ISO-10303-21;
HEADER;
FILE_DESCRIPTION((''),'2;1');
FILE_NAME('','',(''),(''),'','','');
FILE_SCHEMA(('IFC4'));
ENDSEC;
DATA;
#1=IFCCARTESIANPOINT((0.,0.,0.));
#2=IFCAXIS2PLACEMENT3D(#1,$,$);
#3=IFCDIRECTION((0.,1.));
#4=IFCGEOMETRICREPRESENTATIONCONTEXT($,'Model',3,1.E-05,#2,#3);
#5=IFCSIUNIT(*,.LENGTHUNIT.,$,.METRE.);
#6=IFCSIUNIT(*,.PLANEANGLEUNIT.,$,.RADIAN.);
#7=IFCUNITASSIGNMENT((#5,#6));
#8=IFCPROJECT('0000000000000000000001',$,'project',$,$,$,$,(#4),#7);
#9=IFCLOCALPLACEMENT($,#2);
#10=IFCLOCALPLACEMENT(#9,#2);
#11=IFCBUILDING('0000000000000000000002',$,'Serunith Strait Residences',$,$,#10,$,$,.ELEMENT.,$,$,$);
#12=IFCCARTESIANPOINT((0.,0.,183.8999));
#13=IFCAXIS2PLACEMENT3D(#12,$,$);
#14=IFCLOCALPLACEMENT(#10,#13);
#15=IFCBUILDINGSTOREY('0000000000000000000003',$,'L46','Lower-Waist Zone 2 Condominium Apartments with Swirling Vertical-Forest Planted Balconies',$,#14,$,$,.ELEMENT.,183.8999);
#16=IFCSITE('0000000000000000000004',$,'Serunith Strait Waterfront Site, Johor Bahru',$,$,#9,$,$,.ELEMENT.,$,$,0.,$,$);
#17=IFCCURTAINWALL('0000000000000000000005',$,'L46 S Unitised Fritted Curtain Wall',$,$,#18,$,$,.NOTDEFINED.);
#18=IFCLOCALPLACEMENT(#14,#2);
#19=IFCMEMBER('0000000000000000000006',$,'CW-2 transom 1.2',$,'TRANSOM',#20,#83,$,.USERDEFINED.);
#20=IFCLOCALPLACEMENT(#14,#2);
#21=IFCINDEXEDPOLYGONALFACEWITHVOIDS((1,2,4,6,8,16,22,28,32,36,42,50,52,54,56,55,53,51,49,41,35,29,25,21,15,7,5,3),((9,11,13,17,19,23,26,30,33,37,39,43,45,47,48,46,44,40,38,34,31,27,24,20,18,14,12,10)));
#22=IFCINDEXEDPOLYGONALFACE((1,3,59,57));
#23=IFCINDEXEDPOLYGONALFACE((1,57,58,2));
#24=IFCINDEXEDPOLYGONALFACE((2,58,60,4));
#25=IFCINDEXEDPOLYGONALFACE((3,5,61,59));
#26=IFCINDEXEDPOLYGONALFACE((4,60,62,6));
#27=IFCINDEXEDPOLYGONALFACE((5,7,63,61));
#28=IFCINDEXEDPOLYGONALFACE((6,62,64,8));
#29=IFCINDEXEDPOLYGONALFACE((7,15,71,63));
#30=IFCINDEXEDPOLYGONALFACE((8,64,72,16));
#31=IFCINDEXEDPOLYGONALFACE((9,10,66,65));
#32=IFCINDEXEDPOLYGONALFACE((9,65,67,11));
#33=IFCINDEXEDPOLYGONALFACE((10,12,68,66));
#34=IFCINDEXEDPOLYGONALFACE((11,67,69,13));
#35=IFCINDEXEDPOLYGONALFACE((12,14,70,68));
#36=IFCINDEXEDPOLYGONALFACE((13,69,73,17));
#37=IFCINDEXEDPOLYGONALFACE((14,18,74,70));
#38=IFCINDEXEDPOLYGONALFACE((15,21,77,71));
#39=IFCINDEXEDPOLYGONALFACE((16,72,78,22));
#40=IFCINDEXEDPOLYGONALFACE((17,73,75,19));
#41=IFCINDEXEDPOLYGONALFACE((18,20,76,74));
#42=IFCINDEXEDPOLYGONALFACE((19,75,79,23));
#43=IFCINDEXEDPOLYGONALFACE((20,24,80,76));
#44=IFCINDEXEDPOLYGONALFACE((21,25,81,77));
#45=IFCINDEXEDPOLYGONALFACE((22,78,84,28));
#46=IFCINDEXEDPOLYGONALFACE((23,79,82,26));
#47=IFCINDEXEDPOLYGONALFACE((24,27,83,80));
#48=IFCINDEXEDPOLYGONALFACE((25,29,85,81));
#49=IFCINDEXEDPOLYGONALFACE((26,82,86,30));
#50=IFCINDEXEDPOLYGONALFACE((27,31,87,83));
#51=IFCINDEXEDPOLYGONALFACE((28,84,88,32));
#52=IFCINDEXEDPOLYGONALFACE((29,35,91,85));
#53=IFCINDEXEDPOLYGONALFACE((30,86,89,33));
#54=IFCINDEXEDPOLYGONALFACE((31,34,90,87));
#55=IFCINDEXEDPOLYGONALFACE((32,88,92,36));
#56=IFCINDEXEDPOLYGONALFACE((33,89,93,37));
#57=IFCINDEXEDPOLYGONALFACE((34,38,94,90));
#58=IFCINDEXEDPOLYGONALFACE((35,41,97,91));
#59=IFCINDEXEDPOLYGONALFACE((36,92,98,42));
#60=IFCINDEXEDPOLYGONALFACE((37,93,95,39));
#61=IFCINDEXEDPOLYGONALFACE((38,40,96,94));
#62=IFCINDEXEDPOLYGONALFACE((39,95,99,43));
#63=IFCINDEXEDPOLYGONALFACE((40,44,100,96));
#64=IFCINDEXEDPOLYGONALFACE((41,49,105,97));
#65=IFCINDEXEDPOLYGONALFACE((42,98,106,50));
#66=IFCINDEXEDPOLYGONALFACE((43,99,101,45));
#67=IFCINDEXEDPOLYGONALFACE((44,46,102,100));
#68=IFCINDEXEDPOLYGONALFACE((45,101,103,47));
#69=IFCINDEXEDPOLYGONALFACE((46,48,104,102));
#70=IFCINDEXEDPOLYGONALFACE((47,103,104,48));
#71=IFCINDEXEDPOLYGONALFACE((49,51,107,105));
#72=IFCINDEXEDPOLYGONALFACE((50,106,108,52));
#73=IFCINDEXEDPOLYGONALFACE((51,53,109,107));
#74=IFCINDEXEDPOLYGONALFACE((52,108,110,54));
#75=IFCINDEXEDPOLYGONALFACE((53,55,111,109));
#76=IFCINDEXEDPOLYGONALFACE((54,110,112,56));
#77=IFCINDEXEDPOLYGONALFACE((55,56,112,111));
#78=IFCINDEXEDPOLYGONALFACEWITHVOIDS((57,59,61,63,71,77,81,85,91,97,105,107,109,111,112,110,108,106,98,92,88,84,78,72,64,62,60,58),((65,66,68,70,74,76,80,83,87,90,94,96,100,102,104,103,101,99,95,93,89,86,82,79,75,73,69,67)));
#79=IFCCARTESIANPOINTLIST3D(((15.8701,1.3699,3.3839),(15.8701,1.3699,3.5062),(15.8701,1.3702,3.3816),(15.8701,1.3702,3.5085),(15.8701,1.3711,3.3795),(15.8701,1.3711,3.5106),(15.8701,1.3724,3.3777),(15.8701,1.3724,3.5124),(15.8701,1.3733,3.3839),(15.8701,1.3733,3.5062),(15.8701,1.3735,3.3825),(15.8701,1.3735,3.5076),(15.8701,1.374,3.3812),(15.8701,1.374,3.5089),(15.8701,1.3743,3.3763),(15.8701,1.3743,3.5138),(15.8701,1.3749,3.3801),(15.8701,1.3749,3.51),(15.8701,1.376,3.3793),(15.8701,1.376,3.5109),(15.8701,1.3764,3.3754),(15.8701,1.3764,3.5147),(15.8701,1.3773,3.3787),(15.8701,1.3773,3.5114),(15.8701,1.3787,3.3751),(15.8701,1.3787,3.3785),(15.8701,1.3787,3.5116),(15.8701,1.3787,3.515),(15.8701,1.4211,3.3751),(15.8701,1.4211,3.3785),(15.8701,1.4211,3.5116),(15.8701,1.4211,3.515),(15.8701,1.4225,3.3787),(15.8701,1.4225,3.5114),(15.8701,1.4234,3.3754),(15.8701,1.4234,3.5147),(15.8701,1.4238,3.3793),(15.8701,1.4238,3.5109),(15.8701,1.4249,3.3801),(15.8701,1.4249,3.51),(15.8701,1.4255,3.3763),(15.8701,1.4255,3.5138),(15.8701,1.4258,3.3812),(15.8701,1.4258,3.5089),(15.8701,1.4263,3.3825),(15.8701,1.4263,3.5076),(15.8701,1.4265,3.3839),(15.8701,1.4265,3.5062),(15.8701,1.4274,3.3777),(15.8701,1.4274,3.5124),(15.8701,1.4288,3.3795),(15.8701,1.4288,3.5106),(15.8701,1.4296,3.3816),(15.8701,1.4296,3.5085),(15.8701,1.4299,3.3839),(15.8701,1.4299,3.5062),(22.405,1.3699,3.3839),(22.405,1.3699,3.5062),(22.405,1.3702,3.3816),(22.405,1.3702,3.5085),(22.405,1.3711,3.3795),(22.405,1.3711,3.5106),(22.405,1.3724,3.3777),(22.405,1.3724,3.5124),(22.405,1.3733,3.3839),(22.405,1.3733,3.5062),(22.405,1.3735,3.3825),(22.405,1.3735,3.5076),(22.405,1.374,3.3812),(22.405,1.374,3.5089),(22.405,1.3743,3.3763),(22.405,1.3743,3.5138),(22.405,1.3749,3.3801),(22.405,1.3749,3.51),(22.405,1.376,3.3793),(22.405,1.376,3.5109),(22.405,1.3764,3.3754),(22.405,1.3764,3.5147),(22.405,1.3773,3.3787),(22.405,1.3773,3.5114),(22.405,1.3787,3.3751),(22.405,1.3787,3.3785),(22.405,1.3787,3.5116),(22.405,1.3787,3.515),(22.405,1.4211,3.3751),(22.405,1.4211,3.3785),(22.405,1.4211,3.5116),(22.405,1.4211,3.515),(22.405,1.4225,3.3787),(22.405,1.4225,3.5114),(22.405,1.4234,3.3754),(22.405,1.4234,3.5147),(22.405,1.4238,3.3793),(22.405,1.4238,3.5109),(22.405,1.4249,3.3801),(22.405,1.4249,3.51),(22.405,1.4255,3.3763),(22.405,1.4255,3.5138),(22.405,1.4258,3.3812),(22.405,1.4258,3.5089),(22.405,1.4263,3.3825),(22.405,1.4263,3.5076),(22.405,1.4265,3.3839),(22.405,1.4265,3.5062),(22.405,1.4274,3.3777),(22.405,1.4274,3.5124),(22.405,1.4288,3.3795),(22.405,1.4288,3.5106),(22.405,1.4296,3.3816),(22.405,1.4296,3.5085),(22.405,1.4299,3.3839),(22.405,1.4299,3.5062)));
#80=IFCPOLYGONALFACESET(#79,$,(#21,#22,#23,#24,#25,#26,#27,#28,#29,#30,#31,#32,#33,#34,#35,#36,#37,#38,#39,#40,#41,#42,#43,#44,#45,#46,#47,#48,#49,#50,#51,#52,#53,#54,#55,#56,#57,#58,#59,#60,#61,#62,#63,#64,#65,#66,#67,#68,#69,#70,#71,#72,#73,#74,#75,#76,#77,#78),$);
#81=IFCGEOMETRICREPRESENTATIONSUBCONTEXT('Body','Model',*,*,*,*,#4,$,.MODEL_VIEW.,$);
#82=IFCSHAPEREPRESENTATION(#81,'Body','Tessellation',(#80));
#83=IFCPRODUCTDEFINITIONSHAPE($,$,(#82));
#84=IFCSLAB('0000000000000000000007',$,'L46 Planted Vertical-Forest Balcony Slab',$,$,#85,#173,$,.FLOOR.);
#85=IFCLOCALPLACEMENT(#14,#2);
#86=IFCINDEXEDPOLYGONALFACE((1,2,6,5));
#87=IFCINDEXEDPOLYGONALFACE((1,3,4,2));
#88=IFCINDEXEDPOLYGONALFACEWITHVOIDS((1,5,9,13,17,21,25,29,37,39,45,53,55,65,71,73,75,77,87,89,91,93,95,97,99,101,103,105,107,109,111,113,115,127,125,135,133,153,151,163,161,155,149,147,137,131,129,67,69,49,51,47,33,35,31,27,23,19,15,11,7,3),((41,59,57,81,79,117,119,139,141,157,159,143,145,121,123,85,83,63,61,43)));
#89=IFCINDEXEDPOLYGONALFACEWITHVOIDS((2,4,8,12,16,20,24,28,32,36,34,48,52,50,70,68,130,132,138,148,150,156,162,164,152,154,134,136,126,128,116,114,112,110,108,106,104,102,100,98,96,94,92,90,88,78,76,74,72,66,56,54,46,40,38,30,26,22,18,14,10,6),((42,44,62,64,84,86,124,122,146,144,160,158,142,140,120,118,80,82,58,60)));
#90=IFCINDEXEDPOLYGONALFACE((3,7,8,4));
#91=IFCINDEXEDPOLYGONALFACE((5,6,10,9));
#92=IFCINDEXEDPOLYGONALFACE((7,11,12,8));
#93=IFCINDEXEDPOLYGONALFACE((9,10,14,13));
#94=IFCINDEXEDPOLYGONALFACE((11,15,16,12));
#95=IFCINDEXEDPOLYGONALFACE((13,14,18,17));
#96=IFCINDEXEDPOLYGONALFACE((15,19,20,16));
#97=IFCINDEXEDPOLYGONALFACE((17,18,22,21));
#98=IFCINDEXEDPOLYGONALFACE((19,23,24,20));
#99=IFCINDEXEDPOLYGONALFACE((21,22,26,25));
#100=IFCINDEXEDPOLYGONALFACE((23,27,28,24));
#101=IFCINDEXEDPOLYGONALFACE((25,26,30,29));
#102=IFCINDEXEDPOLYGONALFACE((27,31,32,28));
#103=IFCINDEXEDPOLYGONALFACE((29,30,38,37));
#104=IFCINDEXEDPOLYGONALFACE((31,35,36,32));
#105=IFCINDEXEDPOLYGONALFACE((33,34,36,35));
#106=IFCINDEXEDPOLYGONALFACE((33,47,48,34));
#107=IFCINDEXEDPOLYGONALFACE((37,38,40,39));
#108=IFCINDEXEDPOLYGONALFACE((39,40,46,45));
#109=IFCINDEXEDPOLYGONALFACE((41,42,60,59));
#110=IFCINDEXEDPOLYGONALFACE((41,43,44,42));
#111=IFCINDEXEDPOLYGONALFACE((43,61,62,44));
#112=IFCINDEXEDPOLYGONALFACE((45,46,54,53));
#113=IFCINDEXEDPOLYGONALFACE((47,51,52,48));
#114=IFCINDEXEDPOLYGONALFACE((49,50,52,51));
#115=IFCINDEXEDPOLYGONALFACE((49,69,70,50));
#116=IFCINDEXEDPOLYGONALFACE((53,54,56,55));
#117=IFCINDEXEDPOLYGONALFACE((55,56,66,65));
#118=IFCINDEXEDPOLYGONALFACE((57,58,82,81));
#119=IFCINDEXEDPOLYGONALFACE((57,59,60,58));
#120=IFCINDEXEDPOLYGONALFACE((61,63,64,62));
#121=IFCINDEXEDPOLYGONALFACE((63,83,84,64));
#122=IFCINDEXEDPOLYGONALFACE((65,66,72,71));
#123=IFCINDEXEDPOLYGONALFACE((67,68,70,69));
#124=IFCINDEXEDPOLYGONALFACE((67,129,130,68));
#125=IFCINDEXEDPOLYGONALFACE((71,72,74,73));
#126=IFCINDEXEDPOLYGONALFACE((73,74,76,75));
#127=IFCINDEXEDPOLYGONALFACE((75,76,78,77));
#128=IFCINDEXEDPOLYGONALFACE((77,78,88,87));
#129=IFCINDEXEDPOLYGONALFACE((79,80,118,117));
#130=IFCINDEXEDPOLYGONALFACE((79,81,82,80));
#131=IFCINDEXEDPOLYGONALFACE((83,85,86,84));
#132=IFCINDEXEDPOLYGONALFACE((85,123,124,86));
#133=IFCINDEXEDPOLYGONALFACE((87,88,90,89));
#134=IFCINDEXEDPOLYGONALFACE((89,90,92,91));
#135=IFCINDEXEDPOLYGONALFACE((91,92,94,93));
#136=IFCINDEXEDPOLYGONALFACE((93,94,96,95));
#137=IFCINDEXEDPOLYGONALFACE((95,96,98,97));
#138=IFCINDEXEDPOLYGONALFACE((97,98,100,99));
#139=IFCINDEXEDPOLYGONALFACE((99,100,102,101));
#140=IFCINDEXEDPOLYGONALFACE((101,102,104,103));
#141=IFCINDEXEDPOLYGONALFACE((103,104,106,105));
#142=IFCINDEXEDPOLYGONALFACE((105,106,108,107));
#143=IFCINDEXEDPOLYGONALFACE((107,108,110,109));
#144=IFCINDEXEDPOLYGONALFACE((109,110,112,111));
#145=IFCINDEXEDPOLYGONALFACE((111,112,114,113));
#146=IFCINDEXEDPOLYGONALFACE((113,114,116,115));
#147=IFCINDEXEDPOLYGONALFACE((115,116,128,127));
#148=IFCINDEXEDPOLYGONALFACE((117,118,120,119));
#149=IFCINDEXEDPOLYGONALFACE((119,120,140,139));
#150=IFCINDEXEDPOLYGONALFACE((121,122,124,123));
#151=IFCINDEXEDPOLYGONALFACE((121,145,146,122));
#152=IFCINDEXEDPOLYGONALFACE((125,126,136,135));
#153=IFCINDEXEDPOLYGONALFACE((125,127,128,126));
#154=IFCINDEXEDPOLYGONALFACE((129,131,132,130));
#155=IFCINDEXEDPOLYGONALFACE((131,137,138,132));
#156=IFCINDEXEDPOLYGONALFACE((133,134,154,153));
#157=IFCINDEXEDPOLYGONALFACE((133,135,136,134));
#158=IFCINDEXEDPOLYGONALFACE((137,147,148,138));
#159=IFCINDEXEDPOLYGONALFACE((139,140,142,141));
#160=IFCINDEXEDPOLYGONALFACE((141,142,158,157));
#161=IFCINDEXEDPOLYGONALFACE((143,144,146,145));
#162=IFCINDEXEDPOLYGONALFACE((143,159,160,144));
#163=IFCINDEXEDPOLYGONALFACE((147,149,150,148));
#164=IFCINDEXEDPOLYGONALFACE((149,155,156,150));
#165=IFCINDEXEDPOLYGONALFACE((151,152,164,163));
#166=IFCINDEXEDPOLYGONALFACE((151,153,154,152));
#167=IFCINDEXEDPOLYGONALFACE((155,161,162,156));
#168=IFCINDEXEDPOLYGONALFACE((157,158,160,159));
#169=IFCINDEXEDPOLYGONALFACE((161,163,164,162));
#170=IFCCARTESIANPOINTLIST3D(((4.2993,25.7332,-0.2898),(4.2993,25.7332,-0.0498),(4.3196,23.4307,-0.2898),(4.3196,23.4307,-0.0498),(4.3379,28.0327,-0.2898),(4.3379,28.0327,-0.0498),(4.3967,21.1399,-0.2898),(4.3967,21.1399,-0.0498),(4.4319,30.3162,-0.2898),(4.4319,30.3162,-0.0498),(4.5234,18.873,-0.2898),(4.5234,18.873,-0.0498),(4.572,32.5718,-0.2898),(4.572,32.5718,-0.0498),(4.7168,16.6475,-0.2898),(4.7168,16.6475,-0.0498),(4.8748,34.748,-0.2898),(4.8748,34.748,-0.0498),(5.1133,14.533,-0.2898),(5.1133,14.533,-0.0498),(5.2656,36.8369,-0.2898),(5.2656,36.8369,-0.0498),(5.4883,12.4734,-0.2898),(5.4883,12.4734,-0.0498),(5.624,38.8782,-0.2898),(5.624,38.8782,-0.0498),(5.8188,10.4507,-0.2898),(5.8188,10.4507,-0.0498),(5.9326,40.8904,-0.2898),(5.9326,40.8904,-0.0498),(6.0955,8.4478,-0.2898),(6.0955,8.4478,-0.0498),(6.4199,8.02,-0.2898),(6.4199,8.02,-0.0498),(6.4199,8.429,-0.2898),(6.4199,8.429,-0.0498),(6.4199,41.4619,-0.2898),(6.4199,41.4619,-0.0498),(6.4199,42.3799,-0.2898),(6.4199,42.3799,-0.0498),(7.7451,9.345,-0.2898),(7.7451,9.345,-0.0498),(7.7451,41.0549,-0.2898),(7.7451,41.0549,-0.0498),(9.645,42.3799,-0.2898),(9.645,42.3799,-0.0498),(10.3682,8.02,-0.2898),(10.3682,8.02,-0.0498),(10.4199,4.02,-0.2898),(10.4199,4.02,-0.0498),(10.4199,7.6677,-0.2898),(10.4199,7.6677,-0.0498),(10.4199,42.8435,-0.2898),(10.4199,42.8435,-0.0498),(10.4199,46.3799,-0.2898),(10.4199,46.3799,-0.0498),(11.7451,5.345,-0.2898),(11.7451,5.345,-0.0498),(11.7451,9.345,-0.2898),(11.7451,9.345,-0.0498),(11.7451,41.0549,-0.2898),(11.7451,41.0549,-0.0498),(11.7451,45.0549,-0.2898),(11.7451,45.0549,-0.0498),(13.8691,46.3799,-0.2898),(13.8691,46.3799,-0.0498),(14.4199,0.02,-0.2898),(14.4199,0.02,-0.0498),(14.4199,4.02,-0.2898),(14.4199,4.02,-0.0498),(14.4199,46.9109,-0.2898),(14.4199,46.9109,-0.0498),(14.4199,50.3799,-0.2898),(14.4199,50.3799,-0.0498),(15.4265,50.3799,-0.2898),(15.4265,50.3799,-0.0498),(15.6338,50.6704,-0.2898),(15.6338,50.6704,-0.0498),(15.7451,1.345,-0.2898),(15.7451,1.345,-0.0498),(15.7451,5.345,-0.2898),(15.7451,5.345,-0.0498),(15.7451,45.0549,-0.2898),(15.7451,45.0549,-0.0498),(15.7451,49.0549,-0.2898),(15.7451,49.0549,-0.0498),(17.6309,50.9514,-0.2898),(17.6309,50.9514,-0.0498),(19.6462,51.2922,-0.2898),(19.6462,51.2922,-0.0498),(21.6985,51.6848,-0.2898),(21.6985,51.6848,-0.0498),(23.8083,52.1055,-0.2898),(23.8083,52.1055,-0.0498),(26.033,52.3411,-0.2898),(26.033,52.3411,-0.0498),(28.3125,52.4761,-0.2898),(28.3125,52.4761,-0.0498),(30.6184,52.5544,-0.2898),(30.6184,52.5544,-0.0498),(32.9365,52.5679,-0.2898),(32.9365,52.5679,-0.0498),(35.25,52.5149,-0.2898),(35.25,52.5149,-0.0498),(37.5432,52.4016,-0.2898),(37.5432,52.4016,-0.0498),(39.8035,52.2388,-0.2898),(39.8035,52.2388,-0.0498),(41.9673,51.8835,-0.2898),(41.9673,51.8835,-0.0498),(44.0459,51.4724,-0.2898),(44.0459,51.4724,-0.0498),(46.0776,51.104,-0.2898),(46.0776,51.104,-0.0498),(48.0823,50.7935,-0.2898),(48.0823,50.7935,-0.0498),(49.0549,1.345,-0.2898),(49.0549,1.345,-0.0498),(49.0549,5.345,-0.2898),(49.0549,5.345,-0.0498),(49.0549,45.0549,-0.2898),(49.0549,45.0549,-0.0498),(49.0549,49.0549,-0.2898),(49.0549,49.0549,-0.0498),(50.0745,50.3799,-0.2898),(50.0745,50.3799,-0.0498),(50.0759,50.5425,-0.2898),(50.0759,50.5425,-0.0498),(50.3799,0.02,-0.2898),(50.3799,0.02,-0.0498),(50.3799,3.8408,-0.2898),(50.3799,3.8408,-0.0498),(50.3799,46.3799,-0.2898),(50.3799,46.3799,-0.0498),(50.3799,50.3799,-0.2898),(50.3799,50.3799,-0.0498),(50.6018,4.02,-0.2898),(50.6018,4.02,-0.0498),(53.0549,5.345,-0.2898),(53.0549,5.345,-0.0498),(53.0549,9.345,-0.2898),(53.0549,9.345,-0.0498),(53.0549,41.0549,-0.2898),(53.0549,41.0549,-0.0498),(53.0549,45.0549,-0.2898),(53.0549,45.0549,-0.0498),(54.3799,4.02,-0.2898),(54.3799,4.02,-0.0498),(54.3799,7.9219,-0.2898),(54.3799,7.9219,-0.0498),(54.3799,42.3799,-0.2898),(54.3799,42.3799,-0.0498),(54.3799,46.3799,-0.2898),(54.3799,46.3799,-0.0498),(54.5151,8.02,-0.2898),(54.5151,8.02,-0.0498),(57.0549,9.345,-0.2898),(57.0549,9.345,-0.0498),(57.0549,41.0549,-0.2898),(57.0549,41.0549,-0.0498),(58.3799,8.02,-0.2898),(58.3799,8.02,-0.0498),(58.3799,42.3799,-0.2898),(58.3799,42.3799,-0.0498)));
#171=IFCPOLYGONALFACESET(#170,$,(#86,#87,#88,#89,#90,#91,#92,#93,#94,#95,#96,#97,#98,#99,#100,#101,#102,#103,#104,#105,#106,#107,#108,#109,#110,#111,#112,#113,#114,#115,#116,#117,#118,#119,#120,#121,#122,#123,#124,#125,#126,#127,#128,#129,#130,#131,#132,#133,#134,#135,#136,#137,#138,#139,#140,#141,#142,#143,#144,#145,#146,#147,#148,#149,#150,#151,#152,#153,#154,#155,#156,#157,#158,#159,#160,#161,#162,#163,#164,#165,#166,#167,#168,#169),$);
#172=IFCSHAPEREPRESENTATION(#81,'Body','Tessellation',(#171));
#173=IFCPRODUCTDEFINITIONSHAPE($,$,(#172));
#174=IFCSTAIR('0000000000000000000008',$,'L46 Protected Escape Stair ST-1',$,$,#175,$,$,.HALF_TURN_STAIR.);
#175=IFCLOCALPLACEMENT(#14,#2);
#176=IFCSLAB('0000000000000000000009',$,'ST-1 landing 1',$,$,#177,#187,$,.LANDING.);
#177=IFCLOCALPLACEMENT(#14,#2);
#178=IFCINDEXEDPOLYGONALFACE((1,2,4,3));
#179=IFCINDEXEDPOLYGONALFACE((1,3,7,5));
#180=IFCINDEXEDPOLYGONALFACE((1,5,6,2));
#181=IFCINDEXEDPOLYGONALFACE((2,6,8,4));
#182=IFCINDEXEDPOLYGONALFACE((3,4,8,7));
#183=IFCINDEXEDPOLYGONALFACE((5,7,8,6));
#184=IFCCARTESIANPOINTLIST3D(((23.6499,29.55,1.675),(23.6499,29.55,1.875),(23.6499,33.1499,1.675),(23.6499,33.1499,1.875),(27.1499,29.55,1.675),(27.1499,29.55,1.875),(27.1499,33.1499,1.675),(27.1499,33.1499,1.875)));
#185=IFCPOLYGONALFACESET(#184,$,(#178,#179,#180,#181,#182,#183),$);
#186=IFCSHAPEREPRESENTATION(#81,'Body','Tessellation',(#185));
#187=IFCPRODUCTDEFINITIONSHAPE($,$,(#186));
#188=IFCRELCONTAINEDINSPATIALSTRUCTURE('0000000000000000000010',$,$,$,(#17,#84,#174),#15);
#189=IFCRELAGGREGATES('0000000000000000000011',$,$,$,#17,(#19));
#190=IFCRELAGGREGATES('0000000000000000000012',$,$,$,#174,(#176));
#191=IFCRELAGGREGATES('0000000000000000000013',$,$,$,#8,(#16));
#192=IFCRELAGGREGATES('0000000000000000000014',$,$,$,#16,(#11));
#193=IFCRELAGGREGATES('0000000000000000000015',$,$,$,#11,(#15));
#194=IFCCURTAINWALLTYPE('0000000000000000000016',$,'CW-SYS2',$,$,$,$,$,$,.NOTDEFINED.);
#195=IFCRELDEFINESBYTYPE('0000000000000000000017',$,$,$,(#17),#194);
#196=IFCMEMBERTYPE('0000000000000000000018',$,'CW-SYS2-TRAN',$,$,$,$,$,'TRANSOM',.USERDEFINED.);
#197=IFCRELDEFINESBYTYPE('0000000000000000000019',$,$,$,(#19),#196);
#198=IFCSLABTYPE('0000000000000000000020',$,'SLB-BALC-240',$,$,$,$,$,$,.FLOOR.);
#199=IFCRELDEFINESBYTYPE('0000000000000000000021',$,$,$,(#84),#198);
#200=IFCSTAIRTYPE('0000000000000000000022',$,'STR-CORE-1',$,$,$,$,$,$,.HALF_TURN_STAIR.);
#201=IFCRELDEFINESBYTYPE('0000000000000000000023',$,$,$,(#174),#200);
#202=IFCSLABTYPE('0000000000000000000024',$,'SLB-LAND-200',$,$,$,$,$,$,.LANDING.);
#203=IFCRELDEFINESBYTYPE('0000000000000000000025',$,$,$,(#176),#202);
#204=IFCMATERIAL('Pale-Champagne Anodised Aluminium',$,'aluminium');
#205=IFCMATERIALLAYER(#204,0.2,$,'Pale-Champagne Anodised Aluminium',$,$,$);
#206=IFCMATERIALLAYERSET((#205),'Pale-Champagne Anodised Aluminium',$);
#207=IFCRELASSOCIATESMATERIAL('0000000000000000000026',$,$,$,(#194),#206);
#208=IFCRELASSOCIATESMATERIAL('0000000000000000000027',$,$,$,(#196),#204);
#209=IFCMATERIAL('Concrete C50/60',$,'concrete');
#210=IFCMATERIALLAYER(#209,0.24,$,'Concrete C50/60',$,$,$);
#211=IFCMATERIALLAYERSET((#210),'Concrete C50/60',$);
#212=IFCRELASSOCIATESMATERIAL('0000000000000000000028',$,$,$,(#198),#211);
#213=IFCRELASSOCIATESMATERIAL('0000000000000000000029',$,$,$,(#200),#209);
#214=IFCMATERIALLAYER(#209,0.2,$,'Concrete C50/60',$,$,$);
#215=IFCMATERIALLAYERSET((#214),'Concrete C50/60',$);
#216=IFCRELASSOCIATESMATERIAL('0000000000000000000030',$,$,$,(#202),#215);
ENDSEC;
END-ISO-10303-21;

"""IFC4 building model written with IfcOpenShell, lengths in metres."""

from ifc_helpers import new_model, si_unit, direction, frame, origin, origin_2d, place, context, subcontext, project, spatial, polyline, hollow_rectangle, outline, extrude, source, transform, mapped, material, layer, layer_set, material_profile, profile_set, type_object, element, aggregate, save


model = new_model("IFC4")

# Units and contexts
model_context = context("Model", 3, precision=1e-05, world=origin(), true_north=direction((0.0, 1.0)))
body_context = subcontext(model_context, "Body", "Model", "MODEL_VIEW")
ifc_project = project(units=[si_unit("LENGTHUNIT", "METRE"), si_unit("PLANEANGLEUNIT", "RADIAN")], contexts=[model_context])

# Site, building, storey
site_placement = place(None, origin())
site = spatial("IfcSite", under=ifc_project, at=site_placement, Name="Serunith Strait Waterfront Site, Johor Bahru", CompositionType="ELEMENT", RefElevation=0.0)
building_placement = place(site_placement, origin())
building = spatial("IfcBuilding", under=site, at=building_placement, Name="Serunith Strait Residences", CompositionType="ELEMENT")
storey_placement = place(building_placement, frame((0.0, 0.0, 183.8999)))
storey = spatial("IfcBuildingStorey", under=building, at=storey_placement, Name="L46", Description="Lower-Waist Zone 2 Condominium Apartments with Swirling Vertical-Forest Planted Balconies", CompositionType="ELEMENT", Elevation=183.8999)

# Curtain wall
ifc_material_1 = material(Name="Pale-Champagne Anodised Aluminium", Category="aluminium")
ifc_layer_1 = layer(ifc_material_1, 0.2, Name="Pale-Champagne Anodised Aluminium")
ifc_layer_set_1 = layer_set([ifc_layer_1], Name="Pale-Champagne Anodised Aluminium")
curtain_wall_type = type_object("IfcCurtainWallType", Name="CW-SYS2", PredefinedType="NOTDEFINED", material=ifc_layer_set_1)
curtain_wall_1_placement = place(storey_placement, origin())
curtain_wall_1 = element("IfcCurtainWall", 1, at=curtain_wall_1_placement, inside=storey, type_object=curtain_wall_type, Name="L46 S Unitised Fritted Curtain Wall", PredefinedType="NOTDEFINED")

# Member
ifc_material_profile_1 = material_profile(ifc_material_1, hollow_rectangle(XDim=0.0601, YDim=0.1399, WallThickness=0.0034, InnerFilletRadius=0.0054, OuterFilletRadius=0.0088, at=origin_2d()), Name="ALU 140x60x3.5")
ifc_profile_set_1 = profile_set([ifc_material_profile_1], Name="Pale-Champagne Anodised Aluminium")
member_type_1 = type_object("IfcMemberType", Name="CW-SYS2-TRAN", ElementType="TRANSOM", PredefinedType="USERDEFINED", material=ifc_profile_set_1)
shared_shape_1 = source(origin(), body_context, "Body", "SweptSolid", [
    extrude(hollow_rectangle(XDim=0.0601, YDim=0.1399, WallThickness=0.0034, InnerFilletRadius=0.0054, OuterFilletRadius=0.0088, at=origin_2d()), origin(), (0.0, 0.0, 1.0), 6.5349),
])
member_1_placement = place(storey_placement, frame((15.8701, 1.3999, 3.4451), z_axis=(1.0, 0.0, 0.0), x_axis=(0.0, 1.0, 0.0)))
member_1 = element("IfcMember", 2, at=member_1_placement, type_object=member_type_1, Name="CW-2 transom 1.2", ObjectType="TRANSOM", PredefinedType="USERDEFINED", context=body_context, shape_type="MappedRepresentation", body=[
    mapped(shared_shape_1, transform((0.0, 0.0, 0.0), scale=1.0)),
])
aggregate(curtain_wall_1, [member_1])

# Slab
ifc_material_2 = material(Name="Concrete C50/60", Category="concrete")
ifc_layer_2 = layer(ifc_material_2, 0.24, Name="Concrete C50/60")
ifc_layer_set_2 = layer_set([ifc_layer_2], Name="Concrete C50/60")
slab_type_1 = type_object("IfcSlabType", Name="SLB-BALC-240", PredefinedType="FLOOR", material=ifc_layer_set_2)
slab_1_placement = place(storey_placement, frame((0.0, 0.0, -0.2898)))
element("IfcSlab", 3, at=slab_1_placement, inside=storey, type_object=slab_type_1, Name="L46 Planted Vertical-Forest Balcony Slab", PredefinedType="FLOOR", context=body_context, shape_type="SweptSolid", body=[
    extrude(outline(polyline([(6.4199, 8.02), (6.4199, 8.429), (6.0955, 8.4478), (5.8188, 10.4507), (5.4883, 12.4734), (5.1133, 14.533), (4.7168, 16.6475), (4.5234, 18.873), (4.3967, 21.1399), (4.3196, 23.4307), (4.2993, 25.7332), (4.3379, 28.0327), (4.4319, 30.3162), (4.572, 32.5718), (4.8748, 34.748), (5.2656, 36.8369), (5.624, 38.8782), (5.9326, 40.8904), (6.4199, 41.4619), (6.4199, 42.3799), (9.645, 42.3799), (10.4199, 42.8435), (10.4199, 46.3799), (13.8691, 46.3799), (14.4199, 46.9109), (14.4199, 50.3799), (15.4265, 50.3799), (15.6338, 50.6704), (17.6309, 50.9514), (19.6462, 51.2922), (21.6985, 51.6848), (23.8083, 52.1055), (26.033, 52.3411), (28.3125, 52.4761), (30.6184, 52.5544), (32.9365, 52.5679), (35.25, 52.5149), (37.5432, 52.4016), (39.8035, 52.2388), (41.9673, 51.8835), (44.0459, 51.4724), (46.0776, 51.104), (48.0823, 50.7935), (50.0759, 50.5425), (50.0745, 50.3799), (50.3799, 50.3799), (50.3799, 46.3799), (54.3799, 46.3799), (54.3799, 42.3799), (58.3799, 42.3799), (58.3799, 8.02), (54.5151, 8.02), (54.3799, 7.9219), (54.3799, 4.02), (50.6018, 4.02), (50.3799, 3.8408), (50.3799, 0.02), (14.4199, 0.02), (14.4199, 4.02), (10.4199, 4.02), (10.4199, 7.6677), (10.3682, 8.02), (6.4199, 8.02)]), holes=[polyline([(49.0549, 1.345), (49.0549, 5.345), (53.0549, 5.345), (53.0549, 9.345), (57.0549, 9.345), (57.0549, 41.0549), (53.0549, 41.0549), (53.0549, 45.0549), (49.0549, 45.0549), (49.0549, 49.0549), (15.7451, 49.0549), (15.7451, 45.0549), (11.7451, 45.0549), (11.7451, 41.0549), (7.7451, 41.0549), (7.7451, 9.345), (11.7451, 9.345), (11.7451, 5.345), (15.7451, 5.345), (15.7451, 1.345), (49.0549, 1.345)])]), origin(), (0.0, 0.0, 1.0), 0.24),
])

# Stair, slab
stair_type_1 = type_object("IfcStairType", Name="STR-CORE-1", PredefinedType="HALF_TURN_STAIR", material=ifc_material_2)
stair_1_placement = place(storey_placement, origin())
stair_1 = element("IfcStair", 4, at=stair_1_placement, inside=storey, type_object=stair_type_1, Name="L46 Protected Escape Stair ST-1", PredefinedType="HALF_TURN_STAIR")
ifc_layer_3 = layer(ifc_material_2, 0.2, Name="Concrete C50/60")
ifc_layer_set_3 = layer_set([ifc_layer_3], Name="Concrete C50/60")
slab_type_2 = type_object("IfcSlabType", Name="SLB-LAND-200", PredefinedType="LANDING", material=ifc_layer_set_3)
slab_2_placement = place(storey_placement, frame((0.0, 0.0, 1.675)))
slab_2 = element("IfcSlab", 5, at=slab_2_placement, type_object=slab_type_2, Name="ST-1 landing 1", PredefinedType="LANDING", context=body_context, shape_type="SweptSolid", body=[
    extrude(outline(polyline([(27.1499, 29.55), (27.1499, 33.1499), (23.6499, 33.1499), (23.6499, 29.55), (27.1499, 29.55)])), origin(), (0.0, 0.0, 1.0), 0.2),
])
aggregate(stair_1, [slab_2])

save(model, "model.ifc")
